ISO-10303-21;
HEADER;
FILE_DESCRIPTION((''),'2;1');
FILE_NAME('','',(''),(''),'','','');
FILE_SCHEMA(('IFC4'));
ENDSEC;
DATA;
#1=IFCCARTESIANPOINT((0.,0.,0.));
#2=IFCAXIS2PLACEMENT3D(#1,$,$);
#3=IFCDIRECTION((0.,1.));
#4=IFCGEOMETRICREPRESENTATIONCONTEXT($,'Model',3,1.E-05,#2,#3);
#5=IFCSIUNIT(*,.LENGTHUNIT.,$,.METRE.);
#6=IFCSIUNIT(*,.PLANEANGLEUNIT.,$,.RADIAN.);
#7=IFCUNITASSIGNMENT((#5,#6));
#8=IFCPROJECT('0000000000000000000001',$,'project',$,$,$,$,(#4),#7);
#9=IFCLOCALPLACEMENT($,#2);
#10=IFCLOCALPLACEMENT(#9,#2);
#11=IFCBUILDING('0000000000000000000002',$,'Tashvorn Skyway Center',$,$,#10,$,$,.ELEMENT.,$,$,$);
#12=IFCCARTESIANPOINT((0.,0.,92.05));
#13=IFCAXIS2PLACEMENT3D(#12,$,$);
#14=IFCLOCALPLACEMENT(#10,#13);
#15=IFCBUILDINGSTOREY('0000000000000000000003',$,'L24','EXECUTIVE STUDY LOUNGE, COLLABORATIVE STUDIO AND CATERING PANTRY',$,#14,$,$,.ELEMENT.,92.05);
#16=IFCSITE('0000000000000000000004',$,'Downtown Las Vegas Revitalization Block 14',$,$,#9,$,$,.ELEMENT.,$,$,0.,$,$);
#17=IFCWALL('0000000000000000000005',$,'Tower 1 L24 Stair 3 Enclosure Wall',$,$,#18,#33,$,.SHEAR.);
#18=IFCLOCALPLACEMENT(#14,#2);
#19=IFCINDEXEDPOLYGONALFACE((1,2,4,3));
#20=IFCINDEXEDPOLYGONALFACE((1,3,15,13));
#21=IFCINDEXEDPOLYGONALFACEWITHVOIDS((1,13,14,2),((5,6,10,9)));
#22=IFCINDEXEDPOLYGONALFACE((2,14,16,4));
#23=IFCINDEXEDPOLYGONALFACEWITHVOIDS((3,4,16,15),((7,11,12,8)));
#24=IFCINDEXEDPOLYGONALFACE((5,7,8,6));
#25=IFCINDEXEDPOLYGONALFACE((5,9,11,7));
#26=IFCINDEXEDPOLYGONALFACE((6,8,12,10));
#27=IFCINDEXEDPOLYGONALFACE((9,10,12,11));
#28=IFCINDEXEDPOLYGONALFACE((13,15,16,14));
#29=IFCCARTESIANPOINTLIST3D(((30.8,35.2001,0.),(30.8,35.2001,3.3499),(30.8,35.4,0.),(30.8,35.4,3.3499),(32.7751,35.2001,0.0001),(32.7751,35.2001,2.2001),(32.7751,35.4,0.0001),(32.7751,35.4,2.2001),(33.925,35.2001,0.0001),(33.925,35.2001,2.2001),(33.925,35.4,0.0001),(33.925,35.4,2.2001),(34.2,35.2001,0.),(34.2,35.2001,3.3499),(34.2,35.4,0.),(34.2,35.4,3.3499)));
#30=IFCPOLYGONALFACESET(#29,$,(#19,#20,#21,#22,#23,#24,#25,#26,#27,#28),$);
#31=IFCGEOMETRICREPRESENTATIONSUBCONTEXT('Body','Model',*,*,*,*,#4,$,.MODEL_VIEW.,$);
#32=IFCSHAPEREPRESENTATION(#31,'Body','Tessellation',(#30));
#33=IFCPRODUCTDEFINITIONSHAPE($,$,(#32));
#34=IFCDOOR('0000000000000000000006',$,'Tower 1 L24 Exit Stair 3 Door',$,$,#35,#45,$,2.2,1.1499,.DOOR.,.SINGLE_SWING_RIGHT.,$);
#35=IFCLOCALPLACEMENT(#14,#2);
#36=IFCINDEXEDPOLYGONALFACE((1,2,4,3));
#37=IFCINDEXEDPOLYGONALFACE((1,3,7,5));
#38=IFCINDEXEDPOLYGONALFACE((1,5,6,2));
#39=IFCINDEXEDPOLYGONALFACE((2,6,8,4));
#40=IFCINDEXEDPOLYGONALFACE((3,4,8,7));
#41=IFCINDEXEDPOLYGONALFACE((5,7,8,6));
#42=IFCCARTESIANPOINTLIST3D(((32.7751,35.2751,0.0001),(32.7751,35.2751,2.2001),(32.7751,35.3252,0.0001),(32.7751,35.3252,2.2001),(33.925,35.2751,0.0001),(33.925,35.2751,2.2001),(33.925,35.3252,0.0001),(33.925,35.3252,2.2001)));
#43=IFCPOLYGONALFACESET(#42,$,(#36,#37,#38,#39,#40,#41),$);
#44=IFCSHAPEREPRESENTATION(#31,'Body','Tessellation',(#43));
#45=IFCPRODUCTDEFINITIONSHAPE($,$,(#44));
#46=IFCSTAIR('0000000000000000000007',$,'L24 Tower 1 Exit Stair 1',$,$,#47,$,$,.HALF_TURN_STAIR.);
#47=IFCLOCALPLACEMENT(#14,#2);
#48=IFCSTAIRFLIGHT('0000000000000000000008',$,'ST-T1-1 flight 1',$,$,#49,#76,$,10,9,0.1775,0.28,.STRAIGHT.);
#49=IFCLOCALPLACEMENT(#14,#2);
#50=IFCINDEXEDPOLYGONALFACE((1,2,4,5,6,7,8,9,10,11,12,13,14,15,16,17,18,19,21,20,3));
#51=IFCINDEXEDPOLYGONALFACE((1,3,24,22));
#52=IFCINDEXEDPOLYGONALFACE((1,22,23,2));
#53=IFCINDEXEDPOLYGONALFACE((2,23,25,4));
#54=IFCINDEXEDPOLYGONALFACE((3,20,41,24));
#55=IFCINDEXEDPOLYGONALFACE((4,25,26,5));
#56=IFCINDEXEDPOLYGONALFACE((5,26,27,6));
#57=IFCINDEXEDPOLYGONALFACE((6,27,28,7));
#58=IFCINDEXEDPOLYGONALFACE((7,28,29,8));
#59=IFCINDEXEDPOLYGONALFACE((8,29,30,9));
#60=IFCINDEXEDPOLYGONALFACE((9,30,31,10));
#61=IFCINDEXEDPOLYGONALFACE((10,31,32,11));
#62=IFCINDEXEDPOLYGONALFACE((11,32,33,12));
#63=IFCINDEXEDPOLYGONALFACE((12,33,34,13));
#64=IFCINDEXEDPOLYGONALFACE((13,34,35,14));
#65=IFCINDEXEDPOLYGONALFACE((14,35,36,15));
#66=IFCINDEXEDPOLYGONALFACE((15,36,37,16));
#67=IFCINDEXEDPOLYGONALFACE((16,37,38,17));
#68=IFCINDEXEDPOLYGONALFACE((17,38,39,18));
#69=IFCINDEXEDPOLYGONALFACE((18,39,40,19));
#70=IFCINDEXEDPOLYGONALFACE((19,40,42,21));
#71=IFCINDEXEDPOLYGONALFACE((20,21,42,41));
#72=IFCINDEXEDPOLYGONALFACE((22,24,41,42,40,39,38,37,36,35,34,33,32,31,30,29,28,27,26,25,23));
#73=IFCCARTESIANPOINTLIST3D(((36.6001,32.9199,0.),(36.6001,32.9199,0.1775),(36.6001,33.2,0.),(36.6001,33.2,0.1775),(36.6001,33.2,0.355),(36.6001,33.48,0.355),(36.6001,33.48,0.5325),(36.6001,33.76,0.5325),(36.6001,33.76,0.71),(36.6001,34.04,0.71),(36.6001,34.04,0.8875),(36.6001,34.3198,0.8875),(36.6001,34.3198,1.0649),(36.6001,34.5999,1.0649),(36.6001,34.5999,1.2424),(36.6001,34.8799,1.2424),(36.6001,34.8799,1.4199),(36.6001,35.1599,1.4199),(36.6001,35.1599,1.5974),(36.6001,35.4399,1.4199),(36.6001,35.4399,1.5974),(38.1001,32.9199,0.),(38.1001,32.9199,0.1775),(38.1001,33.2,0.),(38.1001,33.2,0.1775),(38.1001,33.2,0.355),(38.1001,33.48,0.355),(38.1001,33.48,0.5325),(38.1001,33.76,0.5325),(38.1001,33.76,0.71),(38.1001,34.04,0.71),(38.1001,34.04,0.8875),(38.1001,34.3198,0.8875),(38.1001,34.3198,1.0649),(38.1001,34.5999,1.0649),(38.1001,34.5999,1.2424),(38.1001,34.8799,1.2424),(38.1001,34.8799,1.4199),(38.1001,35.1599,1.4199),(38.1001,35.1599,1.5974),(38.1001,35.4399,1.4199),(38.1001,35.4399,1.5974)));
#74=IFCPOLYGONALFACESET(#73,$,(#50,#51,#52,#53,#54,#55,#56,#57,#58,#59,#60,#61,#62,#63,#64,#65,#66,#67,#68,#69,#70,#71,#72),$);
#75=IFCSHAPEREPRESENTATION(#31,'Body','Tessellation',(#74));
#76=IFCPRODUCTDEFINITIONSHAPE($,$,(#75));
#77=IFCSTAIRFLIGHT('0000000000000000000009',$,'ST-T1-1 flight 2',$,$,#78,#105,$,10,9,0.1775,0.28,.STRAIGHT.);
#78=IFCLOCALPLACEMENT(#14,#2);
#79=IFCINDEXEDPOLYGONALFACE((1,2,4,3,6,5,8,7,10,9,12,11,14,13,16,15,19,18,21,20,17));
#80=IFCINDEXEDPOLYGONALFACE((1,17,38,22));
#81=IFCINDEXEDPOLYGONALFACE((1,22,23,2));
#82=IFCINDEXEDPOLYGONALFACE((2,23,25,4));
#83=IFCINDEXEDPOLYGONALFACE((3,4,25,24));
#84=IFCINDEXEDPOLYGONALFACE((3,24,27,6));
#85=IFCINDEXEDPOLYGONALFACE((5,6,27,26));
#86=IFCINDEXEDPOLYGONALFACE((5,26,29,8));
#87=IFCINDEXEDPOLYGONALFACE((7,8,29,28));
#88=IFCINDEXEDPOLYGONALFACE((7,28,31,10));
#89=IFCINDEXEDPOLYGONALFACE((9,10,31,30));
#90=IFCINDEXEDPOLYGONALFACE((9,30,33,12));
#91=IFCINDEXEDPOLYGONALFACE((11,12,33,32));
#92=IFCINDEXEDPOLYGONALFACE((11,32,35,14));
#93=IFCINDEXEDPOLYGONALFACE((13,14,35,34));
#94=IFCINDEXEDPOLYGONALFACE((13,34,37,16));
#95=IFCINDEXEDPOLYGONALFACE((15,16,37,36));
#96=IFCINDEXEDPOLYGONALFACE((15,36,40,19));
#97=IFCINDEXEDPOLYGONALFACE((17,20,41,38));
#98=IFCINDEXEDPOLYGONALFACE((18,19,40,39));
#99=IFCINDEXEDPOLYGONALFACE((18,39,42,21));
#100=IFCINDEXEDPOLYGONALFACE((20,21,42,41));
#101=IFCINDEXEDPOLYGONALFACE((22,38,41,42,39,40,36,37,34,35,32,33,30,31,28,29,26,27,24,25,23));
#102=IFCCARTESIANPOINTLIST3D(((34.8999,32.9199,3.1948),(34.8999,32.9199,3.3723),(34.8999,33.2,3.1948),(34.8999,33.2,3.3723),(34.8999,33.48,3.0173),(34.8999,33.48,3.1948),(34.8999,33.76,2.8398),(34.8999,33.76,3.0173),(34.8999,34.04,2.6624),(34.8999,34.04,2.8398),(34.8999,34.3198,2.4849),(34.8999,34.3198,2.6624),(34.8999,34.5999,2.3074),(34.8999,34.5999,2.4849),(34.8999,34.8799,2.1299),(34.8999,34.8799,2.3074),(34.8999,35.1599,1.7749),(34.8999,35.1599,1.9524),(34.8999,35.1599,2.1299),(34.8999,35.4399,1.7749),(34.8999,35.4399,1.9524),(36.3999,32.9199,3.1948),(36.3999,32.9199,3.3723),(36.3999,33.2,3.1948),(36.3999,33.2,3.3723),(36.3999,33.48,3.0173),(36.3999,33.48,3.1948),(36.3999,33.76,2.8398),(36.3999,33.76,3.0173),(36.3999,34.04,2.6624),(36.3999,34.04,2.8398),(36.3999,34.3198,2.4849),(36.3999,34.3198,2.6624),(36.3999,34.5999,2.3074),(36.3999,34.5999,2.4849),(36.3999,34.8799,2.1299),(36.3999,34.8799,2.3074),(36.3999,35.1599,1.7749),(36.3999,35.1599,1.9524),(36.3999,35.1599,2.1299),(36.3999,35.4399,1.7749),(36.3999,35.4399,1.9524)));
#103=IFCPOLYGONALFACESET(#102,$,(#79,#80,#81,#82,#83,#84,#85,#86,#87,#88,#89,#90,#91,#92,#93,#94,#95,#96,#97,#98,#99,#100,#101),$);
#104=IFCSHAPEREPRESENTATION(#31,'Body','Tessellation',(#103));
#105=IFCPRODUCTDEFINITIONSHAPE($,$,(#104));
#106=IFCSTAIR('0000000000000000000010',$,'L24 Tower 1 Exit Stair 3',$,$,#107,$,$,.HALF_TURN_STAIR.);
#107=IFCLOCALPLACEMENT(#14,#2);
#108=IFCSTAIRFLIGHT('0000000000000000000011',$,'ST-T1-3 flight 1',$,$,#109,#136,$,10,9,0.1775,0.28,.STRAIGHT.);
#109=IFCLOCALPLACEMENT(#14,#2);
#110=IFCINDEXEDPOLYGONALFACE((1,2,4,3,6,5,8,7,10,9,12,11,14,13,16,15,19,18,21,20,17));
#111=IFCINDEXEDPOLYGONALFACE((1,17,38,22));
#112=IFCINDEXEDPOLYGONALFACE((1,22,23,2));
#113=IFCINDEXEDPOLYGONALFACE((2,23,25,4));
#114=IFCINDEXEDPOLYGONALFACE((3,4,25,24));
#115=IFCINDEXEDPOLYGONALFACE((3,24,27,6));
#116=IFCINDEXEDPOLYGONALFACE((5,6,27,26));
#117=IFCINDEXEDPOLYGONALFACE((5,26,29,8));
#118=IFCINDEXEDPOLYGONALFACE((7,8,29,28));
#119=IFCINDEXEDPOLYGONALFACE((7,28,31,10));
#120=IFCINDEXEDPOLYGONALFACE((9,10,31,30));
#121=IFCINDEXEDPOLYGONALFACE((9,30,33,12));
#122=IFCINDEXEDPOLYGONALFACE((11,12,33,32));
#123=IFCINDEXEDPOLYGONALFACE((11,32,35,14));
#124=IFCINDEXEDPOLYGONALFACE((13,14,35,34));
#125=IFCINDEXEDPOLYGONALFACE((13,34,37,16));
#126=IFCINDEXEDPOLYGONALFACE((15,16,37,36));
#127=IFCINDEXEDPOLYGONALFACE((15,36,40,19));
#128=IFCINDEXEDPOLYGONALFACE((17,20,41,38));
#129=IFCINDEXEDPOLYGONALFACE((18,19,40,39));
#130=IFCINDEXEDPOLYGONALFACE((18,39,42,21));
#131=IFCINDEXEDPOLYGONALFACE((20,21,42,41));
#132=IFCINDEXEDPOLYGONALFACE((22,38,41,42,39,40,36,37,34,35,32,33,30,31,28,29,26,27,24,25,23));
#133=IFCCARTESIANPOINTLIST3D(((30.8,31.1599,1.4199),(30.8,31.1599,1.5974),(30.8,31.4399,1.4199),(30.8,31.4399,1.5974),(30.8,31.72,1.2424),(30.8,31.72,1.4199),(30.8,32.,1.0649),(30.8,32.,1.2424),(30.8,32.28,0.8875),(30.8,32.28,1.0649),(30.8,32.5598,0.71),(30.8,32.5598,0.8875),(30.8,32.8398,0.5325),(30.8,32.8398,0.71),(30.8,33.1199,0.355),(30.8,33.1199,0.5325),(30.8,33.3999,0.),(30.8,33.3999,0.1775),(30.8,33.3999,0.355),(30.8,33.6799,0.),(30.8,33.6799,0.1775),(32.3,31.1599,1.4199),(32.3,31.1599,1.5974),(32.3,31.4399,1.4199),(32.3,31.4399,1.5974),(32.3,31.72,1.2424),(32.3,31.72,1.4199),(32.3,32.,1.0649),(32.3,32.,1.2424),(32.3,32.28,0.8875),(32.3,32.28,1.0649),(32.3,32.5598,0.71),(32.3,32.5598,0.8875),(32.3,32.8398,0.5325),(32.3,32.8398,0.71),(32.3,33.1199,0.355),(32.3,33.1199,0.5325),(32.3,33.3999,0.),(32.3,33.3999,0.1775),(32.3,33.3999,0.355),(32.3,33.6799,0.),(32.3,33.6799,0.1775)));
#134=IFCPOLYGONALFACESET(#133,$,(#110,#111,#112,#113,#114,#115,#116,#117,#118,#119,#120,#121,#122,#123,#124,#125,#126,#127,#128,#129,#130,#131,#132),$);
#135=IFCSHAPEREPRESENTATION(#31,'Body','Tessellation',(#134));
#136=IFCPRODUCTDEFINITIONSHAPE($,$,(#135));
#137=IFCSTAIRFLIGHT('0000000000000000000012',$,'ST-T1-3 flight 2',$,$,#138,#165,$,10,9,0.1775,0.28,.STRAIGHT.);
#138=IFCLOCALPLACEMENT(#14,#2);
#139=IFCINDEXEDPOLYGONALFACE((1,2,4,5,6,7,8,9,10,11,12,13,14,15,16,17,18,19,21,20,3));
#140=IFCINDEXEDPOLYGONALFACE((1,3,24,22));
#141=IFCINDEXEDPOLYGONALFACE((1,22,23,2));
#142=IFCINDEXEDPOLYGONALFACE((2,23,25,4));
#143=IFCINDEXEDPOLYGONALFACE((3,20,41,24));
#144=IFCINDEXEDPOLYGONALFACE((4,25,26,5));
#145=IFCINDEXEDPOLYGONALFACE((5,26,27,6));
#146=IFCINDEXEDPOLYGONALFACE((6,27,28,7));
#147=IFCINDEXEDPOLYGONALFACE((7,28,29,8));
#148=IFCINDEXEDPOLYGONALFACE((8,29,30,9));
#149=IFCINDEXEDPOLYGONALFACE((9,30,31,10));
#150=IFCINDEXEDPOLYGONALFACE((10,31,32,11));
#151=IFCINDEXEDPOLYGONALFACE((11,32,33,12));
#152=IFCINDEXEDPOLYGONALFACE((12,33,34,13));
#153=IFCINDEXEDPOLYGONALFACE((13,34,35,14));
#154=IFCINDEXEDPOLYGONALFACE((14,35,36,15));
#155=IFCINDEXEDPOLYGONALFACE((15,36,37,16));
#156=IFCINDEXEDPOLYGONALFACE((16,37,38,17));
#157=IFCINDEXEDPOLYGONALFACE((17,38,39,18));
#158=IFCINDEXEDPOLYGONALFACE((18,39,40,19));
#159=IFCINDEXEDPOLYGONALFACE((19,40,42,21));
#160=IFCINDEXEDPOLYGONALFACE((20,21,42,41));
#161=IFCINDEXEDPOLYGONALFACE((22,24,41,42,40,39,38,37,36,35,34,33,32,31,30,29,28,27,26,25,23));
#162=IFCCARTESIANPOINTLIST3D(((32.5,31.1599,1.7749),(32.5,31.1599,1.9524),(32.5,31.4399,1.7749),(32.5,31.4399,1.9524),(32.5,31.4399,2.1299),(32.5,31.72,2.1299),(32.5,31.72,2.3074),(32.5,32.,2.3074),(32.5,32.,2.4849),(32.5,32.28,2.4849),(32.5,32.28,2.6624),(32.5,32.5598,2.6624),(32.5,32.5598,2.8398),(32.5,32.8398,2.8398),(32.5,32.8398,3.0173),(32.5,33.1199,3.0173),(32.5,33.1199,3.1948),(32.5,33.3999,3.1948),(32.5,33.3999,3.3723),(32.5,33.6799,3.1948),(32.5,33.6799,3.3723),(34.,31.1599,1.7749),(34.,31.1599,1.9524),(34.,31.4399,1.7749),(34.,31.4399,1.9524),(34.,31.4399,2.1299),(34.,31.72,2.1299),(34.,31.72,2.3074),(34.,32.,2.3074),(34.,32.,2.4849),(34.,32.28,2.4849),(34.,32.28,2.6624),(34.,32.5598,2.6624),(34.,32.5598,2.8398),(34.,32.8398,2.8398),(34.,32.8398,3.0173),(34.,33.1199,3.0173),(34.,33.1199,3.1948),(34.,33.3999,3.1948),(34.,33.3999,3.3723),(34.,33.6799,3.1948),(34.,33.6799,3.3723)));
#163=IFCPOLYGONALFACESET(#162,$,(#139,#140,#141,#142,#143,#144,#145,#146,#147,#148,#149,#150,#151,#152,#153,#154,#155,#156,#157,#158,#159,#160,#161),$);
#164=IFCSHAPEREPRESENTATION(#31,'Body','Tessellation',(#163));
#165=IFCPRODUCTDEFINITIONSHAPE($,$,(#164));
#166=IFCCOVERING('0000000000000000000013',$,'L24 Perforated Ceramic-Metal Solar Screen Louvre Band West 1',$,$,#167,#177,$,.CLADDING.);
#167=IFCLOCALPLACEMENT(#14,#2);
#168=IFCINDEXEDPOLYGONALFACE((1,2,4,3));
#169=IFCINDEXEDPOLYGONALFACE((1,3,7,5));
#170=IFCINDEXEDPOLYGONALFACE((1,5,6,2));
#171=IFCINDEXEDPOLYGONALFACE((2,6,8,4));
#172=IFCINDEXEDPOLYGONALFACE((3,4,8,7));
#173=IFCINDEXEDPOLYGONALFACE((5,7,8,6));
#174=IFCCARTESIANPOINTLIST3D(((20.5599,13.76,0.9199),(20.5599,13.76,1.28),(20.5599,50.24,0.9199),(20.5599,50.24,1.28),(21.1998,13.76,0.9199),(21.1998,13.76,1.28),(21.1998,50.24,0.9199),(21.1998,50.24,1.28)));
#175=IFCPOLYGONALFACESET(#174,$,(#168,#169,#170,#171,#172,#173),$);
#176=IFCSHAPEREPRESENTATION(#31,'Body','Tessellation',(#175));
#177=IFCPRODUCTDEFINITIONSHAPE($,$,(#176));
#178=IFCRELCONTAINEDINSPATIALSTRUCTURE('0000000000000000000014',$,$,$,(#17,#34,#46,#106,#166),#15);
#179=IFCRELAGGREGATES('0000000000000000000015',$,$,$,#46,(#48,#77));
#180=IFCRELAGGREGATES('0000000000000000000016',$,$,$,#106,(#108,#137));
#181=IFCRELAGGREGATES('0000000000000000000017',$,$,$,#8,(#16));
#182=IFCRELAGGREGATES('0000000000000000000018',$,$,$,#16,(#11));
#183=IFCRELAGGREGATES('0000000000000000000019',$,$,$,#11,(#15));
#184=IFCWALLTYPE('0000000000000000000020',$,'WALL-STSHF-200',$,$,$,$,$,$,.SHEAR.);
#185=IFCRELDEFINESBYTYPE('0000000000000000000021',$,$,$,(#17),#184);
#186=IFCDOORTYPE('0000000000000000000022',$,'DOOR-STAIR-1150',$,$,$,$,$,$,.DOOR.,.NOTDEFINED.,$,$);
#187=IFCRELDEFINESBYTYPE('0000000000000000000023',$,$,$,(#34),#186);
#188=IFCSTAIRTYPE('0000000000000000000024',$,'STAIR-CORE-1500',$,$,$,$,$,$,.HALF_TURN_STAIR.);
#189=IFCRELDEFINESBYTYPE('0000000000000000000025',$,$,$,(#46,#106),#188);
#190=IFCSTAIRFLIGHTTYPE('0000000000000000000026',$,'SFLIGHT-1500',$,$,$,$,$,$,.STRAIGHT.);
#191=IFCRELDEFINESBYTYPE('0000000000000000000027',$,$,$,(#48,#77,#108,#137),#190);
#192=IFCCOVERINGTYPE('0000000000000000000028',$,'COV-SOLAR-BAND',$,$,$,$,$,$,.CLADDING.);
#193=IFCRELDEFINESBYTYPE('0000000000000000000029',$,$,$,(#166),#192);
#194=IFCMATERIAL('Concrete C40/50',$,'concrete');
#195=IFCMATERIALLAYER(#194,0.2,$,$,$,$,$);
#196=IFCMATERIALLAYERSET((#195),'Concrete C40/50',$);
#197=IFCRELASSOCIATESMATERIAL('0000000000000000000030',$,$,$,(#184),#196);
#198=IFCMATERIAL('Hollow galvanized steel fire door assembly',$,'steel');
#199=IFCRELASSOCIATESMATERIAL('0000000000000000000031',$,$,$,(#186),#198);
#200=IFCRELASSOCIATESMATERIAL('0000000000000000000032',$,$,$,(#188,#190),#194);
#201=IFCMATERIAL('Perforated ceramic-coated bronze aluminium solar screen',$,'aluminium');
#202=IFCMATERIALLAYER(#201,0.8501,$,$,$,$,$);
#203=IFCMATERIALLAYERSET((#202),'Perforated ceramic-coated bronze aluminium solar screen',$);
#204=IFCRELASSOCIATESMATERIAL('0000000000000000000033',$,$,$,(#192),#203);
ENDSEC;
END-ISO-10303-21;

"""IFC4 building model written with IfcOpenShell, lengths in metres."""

from ifc_helpers import new_model, si_unit, direction, frame, frame_2d, origin, origin_2d, place, context, subcontext, project, spatial, polyline, rectangle, outline, extrude, material, layer, layer_set, type_object, element, fill, aggregate, save


model = new_model("IFC4")

# Units and contexts
model_context = context("Model", 3, precision=1e-05, world=origin(), true_north=direction((0.0, 1.0)))
body_context = subcontext(model_context, "Body", "Model", "MODEL_VIEW")
ifc_project = project(units=[si_unit("LENGTHUNIT", "METRE"), si_unit("PLANEANGLEUNIT", "RADIAN")], contexts=[model_context])

# Site, building, storey
site_placement = place(None, origin())
site = spatial("IfcSite", under=ifc_project, at=site_placement, Name="Downtown Las Vegas Revitalization Block 14", CompositionType="ELEMENT", RefElevation=0.0)
building_placement = place(site_placement, origin())
building = spatial("IfcBuilding", under=site, at=building_placement, Name="Tashvorn Skyway Center", CompositionType="ELEMENT")
storey_placement = place(building_placement, frame((0.0, 0.0, 92.05)))
storey = spatial("IfcBuildingStorey", under=building, at=storey_placement, Name="L24", Description="EXECUTIVE STUDY LOUNGE, COLLABORATIVE STUDIO AND CATERING PANTRY", CompositionType="ELEMENT", Elevation=92.05)

# Shared definitions
ifc_material_1 = material(Name="Concrete C40/50", Category="concrete")
ifc_layer_1 = layer(ifc_material_1, 0.2)
ifc_layer_set_1 = layer_set([ifc_layer_1], Name="Concrete C40/50")
wall_type_1 = type_object("IfcWallType", Name="WALL-STSHF-200", PredefinedType="SHEAR", material=ifc_layer_set_1)

# Wall, opening, door
wall_1_placement = place(storey_placement, frame((34.2, 35.3, 0.0), z_axis=(0.0, 0.0, 1.0), x_axis=(-1.0, 0.0, 0.0)))
wall_1 = element("IfcWall", 1, at=wall_1_placement, inside=storey, type_object=wall_type_1, Name="Tower 1 L24 Stair 3 Enclosure Wall", PredefinedType="SHEAR", context=body_context, shape_type="SweptSolid", body=[
    extrude(rectangle(XDim=3.3999, YDim=0.2, at=frame_2d((1.7, 0.0))), origin(), (0.0, 0.0, 1.0), 3.3499),
])
opening_placement = place(wall_1_placement, frame((0.2749, 0.0, 0.0)))
opening = element("IfcOpeningElement", 2, at=opening_placement, cuts=wall_1, PredefinedType="OPENING", context=body_context, shape_type="SweptSolid", body=[
    extrude(rectangle(XDim=1.1499, YDim=2.2, at=frame_2d((0.575, 1.1001))), frame((0.0, 0.1099, 0.0), z_axis=(0.0, -1.0, 0.0), x_axis=(1.0, 0.0, 0.0)), (0.0, 0.0, 1.0), 0.22),
])
ifc_material_2 = material(Name="Hollow galvanized steel fire door assembly", Category="steel")
door_type = type_object("IfcDoorType", Name="DOOR-STAIR-1150", OperationType="NOTDEFINED", PredefinedType="DOOR", material=ifc_material_2)
door_placement = place(opening_placement, origin())
door = element("IfcDoor", 3, at=door_placement, inside=storey, type_object=door_type, Name="Tower 1 L24 Exit Stair 3 Door", OperationType="SINGLE_SWING_RIGHT", OverallHeight=2.2, OverallWidth=1.1499, PredefinedType="DOOR", context=body_context, shape_type="SweptSolid", body=[
    extrude(rectangle(XDim=1.1499, YDim=2.2, at=frame_2d((0.575, 1.1001))), frame((0.0, 0.0249, 0.0), z_axis=(0.0, -1.0, 0.0), x_axis=(1.0, 0.0, 0.0)), (0.0, 0.0, 1.0), 0.05),
])
fill(opening, door)

# Stairs, stair flights
stair_type = type_object("IfcStairType", Name="STAIR-CORE-1500", PredefinedType="HALF_TURN_STAIR", material=ifc_material_1)
stair_1_placement = place(storey_placement, origin())
stair_1 = element("IfcStair", 4, at=stair_1_placement, inside=storey, type_object=stair_type, Name="L24 Tower 1 Exit Stair 1", PredefinedType="HALF_TURN_STAIR")
stair_flight_type = type_object("IfcStairFlightType", Name="SFLIGHT-1500", PredefinedType="STRAIGHT", material=ifc_material_1)
stair_flight_1_placement = place(storey_placement, frame((37.3501, 32.9199, 0.0), z_axis=(0.0, 0.0, 1.0), x_axis=(0.0, 1.0, 0.0)))
stair_flight_1 = element("IfcStairFlight", 5, at=stair_flight_1_placement, type_object=stair_flight_type, Name="ST-T1-1 flight 1", NumberOfRisers=10, NumberOfTreads=9, PredefinedType="STRAIGHT", RiserHeight=0.1775, TreadLength=0.28, context=body_context, shape_type="SweptSolid", body=[
    extrude(outline(polyline([(0.0, 0.0), (0.0, 0.1775), (0.28, 0.1775), (0.28, 0.355), (0.5601, 0.355), (0.5601, 0.5325), (0.8401, 0.5325), (0.8401, 0.71), (1.1201, 0.71), (1.1201, 0.8875), (1.3999, 0.8875), (1.3999, 1.0649), (1.6799, 1.0649), (1.6799, 1.2424), (1.96, 1.2424), (1.96, 1.4199), (2.24, 1.4199), (2.24, 1.5974), (2.52, 1.5974), (2.52, 1.7749), (2.52, 1.4199), (0.28, 0.0), (0.0, 0.0)])), frame((0.0, 0.75, 0.0), z_axis=(0.0, -1.0, 0.0), x_axis=(1.0, 0.0, 0.0)), (0.0, 0.0, 1.0), 1.5),
])
stair_flight_2_placement = place(storey_placement, frame((35.6499, 35.4399, 1.7749), z_axis=(0.0, 0.0, 1.0), x_axis=(0.0, -1.0, 0.0)))
stair_flight_2 = element("IfcStairFlight", 6, at=stair_flight_2_placement, type_object=stair_flight_type, Name="ST-T1-1 flight 2", NumberOfRisers=10, NumberOfTreads=9, PredefinedType="STRAIGHT", RiserHeight=0.1775, TreadLength=0.28, context=body_context, shape_type="SweptSolid", body=[
    extrude(outline(polyline([(0.0, 0.0), (0.0, 0.1775), (0.28, 0.1775), (0.28, 0.355), (0.5601, 0.355), (0.5601, 0.5325), (0.8401, 0.5325), (0.8401, 0.71), (1.1201, 0.71), (1.1201, 0.8875), (1.3999, 0.8875), (1.3999, 1.0649), (1.6799, 1.0649), (1.6799, 1.2424), (1.96, 1.2424), (1.96, 1.4199), (2.24, 1.4199), (2.24, 1.5974), (2.52, 1.5974), (2.52, 1.7749), (2.52, 1.4199), (0.28, 0.0), (0.0, 0.0)])), frame((0.0, 0.75, 0.0), z_axis=(0.0, -1.0, 0.0), x_axis=(1.0, 0.0, 0.0)), (0.0, 0.0, 1.0), 1.5),
])
aggregate(stair_1, [stair_flight_1, stair_flight_2])
stair_2_placement = place(storey_placement, origin())
stair_2 = element("IfcStair", 7, at=stair_2_placement, inside=storey, type_object=stair_type, Name="L24 Tower 1 Exit Stair 3", PredefinedType="HALF_TURN_STAIR")
stair_flight_3_placement = place(storey_placement, frame((31.55, 33.6799, 0.0), z_axis=(0.0, 0.0, 1.0), x_axis=(0.0, -1.0, 0.0)))
stair_flight_3 = element("IfcStairFlight", 8, at=stair_flight_3_placement, type_object=stair_flight_type, Name="ST-T1-3 flight 1", NumberOfRisers=10, NumberOfTreads=9, PredefinedType="STRAIGHT", RiserHeight=0.1775, TreadLength=0.28, context=body_context, shape_type="SweptSolid", body=[
    extrude(outline(polyline([(0.0, 0.0), (0.0, 0.1775), (0.28, 0.1775), (0.28, 0.355), (0.5601, 0.355), (0.5601, 0.5325), (0.8401, 0.5325), (0.8401, 0.71), (1.1201, 0.71), (1.1201, 0.8875), (1.3999, 0.8875), (1.3999, 1.0649), (1.6799, 1.0649), (1.6799, 1.2424), (1.96, 1.2424), (1.96, 1.4199), (2.24, 1.4199), (2.24, 1.5974), (2.52, 1.5974), (2.52, 1.7749), (2.52, 1.4199), (0.28, 0.0), (0.0, 0.0)])), frame((0.0, 0.75, 0.0), z_axis=(0.0, -1.0, 0.0), x_axis=(1.0, 0.0, 0.0)), (0.0, 0.0, 1.0), 1.5),
])
stair_flight_4_placement = place(storey_placement, frame((33.25, 31.1599, 1.7749), z_axis=(0.0, 0.0, 1.0), x_axis=(0.0, 1.0, 0.0)))
stair_flight_4 = element("IfcStairFlight", 9, at=stair_flight_4_placement, type_object=stair_flight_type, Name="ST-T1-3 flight 2", NumberOfRisers=10, NumberOfTreads=9, PredefinedType="STRAIGHT", RiserHeight=0.1775, TreadLength=0.28, context=body_context, shape_type="SweptSolid", body=[
    extrude(outline(polyline([(0.0, 0.0), (0.0, 0.1775), (0.28, 0.1775), (0.28, 0.355), (0.5601, 0.355), (0.5601, 0.5325), (0.8401, 0.5325), (0.8401, 0.71), (1.1201, 0.71), (1.1201, 0.8875), (1.3999, 0.8875), (1.3999, 1.0649), (1.6799, 1.0649), (1.6799, 1.2424), (1.96, 1.2424), (1.96, 1.4199), (2.24, 1.4199), (2.24, 1.5974), (2.52, 1.5974), (2.52, 1.7749), (2.52, 1.4199), (0.28, 0.0), (0.0, 0.0)])), frame((0.0, 0.75, 0.0), z_axis=(0.0, -1.0, 0.0), x_axis=(1.0, 0.0, 0.0)), (0.0, 0.0, 1.0), 1.5),
])
aggregate(stair_2, [stair_flight_3, stair_flight_4])

# Covering
ifc_material_3 = material(Name="Perforated ceramic-coated bronze aluminium solar screen", Category="aluminium")
ifc_layer_2 = layer(ifc_material_3, 0.8501)
ifc_layer_set_2 = layer_set([ifc_layer_2], Name="Perforated ceramic-coated bronze aluminium solar screen")
covering_type = type_object("IfcCoveringType", Name="COV-SOLAR-BAND", PredefinedType="CLADDING", material=ifc_layer_set_2)
for number, where, z_axis, x_axis, name in (
    (10, (20.8799, 32.0, 0.9199), (0.0, 0.0, 1.0), (0.0, 1.0, 0.0), "L24 Perforated Ceramic-Metal Solar Screen Louvre Band West 1"),
):
    element("IfcCovering", number, at=place(storey_placement, frame(where, z_axis=z_axis, x_axis=x_axis)), inside=storey, type_object=covering_type, Name=name, PredefinedType="CLADDING", context=body_context, shape_type="SweptSolid", body=[
        extrude(rectangle(XDim=36.48, YDim=0.6399, at=origin_2d()), origin(), (0.0, 0.0, 1.0), 0.3601),
    ])

save(model, "model.ifc")
